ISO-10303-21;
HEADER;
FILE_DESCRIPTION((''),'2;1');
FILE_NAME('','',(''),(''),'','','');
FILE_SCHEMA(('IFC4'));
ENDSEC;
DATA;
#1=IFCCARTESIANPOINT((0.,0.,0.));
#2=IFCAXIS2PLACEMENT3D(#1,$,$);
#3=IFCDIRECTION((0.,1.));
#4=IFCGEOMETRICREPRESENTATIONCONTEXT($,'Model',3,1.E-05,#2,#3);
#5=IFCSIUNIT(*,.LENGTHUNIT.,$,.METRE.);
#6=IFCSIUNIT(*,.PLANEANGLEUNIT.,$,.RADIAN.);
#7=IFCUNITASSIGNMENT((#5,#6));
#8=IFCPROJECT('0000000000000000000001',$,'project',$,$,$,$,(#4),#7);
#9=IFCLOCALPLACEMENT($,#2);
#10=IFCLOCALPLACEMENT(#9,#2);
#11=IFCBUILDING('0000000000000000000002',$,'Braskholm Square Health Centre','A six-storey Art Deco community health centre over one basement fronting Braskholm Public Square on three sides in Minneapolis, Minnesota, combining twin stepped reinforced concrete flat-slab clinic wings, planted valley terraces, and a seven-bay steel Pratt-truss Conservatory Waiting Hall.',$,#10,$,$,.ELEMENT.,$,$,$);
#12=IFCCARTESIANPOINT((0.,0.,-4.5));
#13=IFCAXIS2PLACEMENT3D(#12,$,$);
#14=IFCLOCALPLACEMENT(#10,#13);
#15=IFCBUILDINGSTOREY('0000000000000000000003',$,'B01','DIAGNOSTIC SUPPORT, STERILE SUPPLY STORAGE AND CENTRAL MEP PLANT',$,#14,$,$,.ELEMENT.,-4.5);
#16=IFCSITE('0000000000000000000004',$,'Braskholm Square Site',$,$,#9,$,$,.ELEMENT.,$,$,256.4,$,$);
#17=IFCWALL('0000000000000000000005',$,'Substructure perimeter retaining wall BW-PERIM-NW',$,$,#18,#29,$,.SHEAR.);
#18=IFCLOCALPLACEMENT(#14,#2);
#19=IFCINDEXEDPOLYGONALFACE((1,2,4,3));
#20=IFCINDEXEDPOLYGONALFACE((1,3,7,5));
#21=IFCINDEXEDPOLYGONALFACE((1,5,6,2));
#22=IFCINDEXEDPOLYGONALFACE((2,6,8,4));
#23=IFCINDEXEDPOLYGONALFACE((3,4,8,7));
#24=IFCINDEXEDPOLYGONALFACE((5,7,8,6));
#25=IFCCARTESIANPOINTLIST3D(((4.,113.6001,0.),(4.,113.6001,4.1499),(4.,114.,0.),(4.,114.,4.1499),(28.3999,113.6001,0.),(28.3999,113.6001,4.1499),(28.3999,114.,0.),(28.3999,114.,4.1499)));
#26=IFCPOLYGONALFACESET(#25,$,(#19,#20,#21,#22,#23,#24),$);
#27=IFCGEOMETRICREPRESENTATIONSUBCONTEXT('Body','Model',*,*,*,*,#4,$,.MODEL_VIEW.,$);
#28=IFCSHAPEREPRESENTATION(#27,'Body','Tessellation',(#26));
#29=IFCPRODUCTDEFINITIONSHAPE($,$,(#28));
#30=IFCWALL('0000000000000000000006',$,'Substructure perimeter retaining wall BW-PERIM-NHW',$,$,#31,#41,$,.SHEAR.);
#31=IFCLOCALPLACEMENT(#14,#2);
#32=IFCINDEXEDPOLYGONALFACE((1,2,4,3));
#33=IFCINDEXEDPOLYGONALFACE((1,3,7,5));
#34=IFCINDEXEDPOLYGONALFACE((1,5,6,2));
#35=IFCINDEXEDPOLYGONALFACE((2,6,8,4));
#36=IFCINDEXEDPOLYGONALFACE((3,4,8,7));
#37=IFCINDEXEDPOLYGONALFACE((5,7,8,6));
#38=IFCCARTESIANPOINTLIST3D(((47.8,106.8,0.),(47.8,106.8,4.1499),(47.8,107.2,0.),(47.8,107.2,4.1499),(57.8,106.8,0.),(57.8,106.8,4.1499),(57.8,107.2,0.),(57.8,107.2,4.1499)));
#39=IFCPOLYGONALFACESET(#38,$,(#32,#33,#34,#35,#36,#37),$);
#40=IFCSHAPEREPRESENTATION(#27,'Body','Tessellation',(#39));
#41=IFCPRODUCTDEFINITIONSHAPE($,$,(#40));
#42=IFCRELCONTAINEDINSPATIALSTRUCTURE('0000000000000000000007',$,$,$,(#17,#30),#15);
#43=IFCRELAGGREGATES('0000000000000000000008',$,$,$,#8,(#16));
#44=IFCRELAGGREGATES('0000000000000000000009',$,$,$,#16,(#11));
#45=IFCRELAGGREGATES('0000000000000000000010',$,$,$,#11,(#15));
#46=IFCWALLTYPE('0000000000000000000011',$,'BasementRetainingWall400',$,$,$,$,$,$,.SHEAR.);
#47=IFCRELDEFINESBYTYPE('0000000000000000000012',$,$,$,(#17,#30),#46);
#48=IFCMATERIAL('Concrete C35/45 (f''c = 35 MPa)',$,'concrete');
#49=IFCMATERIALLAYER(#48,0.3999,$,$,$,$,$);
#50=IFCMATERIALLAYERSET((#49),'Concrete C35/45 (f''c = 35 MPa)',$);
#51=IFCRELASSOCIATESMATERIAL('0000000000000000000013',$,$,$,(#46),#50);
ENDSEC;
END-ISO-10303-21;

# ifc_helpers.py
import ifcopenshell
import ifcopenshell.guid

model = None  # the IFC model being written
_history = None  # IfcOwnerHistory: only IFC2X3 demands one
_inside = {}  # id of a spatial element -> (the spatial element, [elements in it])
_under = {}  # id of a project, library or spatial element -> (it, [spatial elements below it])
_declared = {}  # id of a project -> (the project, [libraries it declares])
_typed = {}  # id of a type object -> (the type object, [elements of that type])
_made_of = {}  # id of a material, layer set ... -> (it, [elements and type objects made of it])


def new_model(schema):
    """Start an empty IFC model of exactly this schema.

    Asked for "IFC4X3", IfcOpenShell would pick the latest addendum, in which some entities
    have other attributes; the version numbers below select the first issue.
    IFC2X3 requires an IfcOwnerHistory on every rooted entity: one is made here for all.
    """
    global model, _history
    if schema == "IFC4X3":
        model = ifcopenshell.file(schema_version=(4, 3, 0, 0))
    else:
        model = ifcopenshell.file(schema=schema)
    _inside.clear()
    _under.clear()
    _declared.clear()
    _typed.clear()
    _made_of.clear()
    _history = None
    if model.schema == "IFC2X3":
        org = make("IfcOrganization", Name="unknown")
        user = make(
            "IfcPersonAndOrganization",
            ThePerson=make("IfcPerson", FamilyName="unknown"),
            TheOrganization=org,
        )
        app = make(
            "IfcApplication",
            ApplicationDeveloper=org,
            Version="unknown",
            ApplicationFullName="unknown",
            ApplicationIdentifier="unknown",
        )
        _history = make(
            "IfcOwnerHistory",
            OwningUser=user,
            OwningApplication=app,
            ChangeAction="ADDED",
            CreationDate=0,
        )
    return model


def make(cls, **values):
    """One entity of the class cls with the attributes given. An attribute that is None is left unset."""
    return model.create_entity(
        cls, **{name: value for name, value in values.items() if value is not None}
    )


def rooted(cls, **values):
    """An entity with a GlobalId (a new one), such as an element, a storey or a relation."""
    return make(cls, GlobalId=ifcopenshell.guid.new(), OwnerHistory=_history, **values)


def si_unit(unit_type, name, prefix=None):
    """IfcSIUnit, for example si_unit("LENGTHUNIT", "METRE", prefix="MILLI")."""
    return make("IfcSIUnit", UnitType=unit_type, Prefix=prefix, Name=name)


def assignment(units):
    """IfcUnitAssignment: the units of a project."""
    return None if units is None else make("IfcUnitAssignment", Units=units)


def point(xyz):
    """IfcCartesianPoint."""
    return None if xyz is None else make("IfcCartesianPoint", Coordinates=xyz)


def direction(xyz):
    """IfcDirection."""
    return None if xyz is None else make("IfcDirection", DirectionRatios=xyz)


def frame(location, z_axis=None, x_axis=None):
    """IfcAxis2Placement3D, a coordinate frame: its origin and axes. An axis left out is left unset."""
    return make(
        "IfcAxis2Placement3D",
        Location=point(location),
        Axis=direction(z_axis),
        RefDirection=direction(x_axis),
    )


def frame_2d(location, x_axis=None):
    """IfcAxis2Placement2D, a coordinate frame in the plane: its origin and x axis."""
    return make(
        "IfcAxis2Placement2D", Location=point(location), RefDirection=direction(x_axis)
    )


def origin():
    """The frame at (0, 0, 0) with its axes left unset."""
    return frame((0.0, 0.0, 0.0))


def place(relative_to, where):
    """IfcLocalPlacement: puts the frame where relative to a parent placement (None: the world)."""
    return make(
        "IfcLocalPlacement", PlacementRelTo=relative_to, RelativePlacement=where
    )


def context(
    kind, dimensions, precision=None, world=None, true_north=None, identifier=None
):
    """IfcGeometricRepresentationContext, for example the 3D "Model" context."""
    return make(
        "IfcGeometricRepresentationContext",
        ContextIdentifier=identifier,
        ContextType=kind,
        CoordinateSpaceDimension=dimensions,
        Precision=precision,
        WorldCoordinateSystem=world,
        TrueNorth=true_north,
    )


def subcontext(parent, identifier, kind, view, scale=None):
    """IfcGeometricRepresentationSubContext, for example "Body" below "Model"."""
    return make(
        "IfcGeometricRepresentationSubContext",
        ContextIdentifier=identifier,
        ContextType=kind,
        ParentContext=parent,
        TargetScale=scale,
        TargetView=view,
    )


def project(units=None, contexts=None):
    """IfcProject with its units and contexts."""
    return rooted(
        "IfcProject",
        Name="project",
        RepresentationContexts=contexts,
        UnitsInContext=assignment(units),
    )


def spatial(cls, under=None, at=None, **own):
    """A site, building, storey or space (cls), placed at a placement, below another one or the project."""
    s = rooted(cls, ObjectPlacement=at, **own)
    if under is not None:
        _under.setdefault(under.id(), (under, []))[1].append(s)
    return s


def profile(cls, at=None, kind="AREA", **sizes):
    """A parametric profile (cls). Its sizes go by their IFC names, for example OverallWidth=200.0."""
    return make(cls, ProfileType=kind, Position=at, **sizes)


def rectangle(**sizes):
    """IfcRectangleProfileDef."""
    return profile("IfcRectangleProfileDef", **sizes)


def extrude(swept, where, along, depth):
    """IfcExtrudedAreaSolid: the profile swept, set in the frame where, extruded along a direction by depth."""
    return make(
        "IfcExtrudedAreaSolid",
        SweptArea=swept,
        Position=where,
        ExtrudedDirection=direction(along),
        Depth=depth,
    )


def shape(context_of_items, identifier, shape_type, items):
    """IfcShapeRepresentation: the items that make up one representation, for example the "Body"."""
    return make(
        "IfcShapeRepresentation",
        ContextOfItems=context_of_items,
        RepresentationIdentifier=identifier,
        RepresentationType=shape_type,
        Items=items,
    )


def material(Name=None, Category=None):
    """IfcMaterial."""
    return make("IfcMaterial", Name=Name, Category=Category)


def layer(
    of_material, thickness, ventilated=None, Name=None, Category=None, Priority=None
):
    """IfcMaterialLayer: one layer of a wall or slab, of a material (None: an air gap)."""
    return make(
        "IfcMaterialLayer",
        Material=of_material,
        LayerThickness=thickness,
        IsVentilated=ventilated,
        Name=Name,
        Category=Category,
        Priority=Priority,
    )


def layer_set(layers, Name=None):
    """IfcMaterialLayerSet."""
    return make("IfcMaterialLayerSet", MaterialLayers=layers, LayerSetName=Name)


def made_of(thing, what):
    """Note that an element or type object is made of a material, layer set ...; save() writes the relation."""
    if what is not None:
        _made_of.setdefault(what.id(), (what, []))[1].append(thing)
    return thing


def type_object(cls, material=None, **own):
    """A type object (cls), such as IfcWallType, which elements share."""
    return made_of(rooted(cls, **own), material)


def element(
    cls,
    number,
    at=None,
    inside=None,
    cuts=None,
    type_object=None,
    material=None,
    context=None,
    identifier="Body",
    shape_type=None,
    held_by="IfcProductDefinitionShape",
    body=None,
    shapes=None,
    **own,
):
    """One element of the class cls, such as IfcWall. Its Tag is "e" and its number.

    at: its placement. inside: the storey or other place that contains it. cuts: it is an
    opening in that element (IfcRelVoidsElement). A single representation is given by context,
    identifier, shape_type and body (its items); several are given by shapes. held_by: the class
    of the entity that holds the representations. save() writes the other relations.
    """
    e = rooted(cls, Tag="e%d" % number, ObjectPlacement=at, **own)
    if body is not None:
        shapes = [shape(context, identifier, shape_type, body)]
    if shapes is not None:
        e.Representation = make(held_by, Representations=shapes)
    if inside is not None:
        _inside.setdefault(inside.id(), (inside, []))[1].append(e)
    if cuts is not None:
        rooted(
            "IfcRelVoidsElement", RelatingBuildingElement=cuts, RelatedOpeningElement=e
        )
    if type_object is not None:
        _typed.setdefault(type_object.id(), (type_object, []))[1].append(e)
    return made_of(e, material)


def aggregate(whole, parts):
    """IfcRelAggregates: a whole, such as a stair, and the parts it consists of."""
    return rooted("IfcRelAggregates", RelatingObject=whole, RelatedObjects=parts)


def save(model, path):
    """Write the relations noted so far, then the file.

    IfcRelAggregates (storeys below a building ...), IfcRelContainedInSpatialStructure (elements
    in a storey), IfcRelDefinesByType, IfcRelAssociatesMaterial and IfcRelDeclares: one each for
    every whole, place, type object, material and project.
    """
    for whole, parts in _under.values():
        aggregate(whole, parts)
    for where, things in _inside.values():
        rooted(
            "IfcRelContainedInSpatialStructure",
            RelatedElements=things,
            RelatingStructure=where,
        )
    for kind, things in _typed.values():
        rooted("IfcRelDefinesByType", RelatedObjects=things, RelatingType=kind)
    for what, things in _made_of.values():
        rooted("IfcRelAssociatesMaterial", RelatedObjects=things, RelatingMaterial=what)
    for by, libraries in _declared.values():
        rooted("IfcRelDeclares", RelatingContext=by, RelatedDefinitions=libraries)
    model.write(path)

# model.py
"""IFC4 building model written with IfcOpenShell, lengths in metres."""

from ifc_helpers import new_model, si_unit, direction, frame, frame_2d, origin, place, context, subcontext, project, spatial, rectangle, extrude, material, layer, layer_set, type_object, element, save


model = new_model("IFC4")

# Units and contexts
model_context = context("Model", 3, precision=1e-05, world=origin(), true_north=direction((0.0, 1.0)))
body_context = subcontext(model_context, "Body", "Model", "MODEL_VIEW")
ifc_project = project(units=[si_unit("LENGTHUNIT", "METRE"), si_unit("PLANEANGLEUNIT", "RADIAN")], contexts=[model_context])

# Site, building, storey
site_placement = place(None, origin())
site = spatial("IfcSite", under=ifc_project, at=site_placement, Name="Braskholm Square Site", CompositionType="ELEMENT", RefElevation=256.4)
building_placement = place(site_placement, origin())
building = spatial("IfcBuilding", under=site, at=building_placement, Name="Braskholm Square Health Centre", Description="A six-storey Art Deco community health centre over one basement fronting Braskholm Public Square on three sides in Minneapolis, Minnesota, combining twin stepped reinforced concrete flat-slab clinic wings, planted valley terraces, and a seven-bay steel Pratt-truss Conservatory Waiting Hall.", CompositionType="ELEMENT")
storey_placement = place(building_placement, frame((0.0, 0.0, -4.5)))
storey = spatial("IfcBuildingStorey", under=building, at=storey_placement, Name="B01", Description="DIAGNOSTIC SUPPORT, STERILE SUPPLY STORAGE AND CENTRAL MEP PLANT", CompositionType="ELEMENT", Elevation=-4.5)

# Walls
ifc_material_1 = material(Name="Concrete C35/45 (f'c = 35 MPa)", Category="concrete")
ifc_layer = layer(ifc_material_1, 0.3999)
ifc_layer_set = layer_set([ifc_layer], Name="Concrete C35/45 (f'c = 35 MPa)")
wall_type = type_object("IfcWallType", Name="BasementRetainingWall400", PredefinedType="SHEAR", material=ifc_layer_set)
wall_1_placement = place(storey_placement, frame((28.3999, 113.8, 0.0), z_axis=(0.0, 0.0, 1.0), x_axis=(-1.0, 0.0, 0.0)))
element("IfcWall", 1, at=wall_1_placement, inside=storey, type_object=wall_type, Name="Substructure perimeter retaining wall BW-PERIM-NW", PredefinedType="SHEAR", context=body_context, shape_type="SweptSolid", body=[
    extrude(rectangle(XDim=24.3999, YDim=0.3999, at=frame_2d((12.2, 0.0))), origin(), (0.0, 0.0, 1.0), 4.1499),
])
wall_2_placement = place(storey_placement, frame((57.8, 107.0, 0.0), z_axis=(0.0, 0.0, 1.0), x_axis=(-1.0, 0.0, 0.0)))
element("IfcWall", 2, at=wall_2_placement, inside=storey, type_object=wall_type, Name="Substructure perimeter retaining wall BW-PERIM-NHW", PredefinedType="SHEAR", context=body_context, shape_type="SweptSolid", body=[
    extrude(rectangle(XDim=10.0, YDim=0.3999, at=frame_2d((5.0, 0.0))), origin(), (0.0, 0.0, 1.0), 4.1499),
])

save(model, "model.ifc")
